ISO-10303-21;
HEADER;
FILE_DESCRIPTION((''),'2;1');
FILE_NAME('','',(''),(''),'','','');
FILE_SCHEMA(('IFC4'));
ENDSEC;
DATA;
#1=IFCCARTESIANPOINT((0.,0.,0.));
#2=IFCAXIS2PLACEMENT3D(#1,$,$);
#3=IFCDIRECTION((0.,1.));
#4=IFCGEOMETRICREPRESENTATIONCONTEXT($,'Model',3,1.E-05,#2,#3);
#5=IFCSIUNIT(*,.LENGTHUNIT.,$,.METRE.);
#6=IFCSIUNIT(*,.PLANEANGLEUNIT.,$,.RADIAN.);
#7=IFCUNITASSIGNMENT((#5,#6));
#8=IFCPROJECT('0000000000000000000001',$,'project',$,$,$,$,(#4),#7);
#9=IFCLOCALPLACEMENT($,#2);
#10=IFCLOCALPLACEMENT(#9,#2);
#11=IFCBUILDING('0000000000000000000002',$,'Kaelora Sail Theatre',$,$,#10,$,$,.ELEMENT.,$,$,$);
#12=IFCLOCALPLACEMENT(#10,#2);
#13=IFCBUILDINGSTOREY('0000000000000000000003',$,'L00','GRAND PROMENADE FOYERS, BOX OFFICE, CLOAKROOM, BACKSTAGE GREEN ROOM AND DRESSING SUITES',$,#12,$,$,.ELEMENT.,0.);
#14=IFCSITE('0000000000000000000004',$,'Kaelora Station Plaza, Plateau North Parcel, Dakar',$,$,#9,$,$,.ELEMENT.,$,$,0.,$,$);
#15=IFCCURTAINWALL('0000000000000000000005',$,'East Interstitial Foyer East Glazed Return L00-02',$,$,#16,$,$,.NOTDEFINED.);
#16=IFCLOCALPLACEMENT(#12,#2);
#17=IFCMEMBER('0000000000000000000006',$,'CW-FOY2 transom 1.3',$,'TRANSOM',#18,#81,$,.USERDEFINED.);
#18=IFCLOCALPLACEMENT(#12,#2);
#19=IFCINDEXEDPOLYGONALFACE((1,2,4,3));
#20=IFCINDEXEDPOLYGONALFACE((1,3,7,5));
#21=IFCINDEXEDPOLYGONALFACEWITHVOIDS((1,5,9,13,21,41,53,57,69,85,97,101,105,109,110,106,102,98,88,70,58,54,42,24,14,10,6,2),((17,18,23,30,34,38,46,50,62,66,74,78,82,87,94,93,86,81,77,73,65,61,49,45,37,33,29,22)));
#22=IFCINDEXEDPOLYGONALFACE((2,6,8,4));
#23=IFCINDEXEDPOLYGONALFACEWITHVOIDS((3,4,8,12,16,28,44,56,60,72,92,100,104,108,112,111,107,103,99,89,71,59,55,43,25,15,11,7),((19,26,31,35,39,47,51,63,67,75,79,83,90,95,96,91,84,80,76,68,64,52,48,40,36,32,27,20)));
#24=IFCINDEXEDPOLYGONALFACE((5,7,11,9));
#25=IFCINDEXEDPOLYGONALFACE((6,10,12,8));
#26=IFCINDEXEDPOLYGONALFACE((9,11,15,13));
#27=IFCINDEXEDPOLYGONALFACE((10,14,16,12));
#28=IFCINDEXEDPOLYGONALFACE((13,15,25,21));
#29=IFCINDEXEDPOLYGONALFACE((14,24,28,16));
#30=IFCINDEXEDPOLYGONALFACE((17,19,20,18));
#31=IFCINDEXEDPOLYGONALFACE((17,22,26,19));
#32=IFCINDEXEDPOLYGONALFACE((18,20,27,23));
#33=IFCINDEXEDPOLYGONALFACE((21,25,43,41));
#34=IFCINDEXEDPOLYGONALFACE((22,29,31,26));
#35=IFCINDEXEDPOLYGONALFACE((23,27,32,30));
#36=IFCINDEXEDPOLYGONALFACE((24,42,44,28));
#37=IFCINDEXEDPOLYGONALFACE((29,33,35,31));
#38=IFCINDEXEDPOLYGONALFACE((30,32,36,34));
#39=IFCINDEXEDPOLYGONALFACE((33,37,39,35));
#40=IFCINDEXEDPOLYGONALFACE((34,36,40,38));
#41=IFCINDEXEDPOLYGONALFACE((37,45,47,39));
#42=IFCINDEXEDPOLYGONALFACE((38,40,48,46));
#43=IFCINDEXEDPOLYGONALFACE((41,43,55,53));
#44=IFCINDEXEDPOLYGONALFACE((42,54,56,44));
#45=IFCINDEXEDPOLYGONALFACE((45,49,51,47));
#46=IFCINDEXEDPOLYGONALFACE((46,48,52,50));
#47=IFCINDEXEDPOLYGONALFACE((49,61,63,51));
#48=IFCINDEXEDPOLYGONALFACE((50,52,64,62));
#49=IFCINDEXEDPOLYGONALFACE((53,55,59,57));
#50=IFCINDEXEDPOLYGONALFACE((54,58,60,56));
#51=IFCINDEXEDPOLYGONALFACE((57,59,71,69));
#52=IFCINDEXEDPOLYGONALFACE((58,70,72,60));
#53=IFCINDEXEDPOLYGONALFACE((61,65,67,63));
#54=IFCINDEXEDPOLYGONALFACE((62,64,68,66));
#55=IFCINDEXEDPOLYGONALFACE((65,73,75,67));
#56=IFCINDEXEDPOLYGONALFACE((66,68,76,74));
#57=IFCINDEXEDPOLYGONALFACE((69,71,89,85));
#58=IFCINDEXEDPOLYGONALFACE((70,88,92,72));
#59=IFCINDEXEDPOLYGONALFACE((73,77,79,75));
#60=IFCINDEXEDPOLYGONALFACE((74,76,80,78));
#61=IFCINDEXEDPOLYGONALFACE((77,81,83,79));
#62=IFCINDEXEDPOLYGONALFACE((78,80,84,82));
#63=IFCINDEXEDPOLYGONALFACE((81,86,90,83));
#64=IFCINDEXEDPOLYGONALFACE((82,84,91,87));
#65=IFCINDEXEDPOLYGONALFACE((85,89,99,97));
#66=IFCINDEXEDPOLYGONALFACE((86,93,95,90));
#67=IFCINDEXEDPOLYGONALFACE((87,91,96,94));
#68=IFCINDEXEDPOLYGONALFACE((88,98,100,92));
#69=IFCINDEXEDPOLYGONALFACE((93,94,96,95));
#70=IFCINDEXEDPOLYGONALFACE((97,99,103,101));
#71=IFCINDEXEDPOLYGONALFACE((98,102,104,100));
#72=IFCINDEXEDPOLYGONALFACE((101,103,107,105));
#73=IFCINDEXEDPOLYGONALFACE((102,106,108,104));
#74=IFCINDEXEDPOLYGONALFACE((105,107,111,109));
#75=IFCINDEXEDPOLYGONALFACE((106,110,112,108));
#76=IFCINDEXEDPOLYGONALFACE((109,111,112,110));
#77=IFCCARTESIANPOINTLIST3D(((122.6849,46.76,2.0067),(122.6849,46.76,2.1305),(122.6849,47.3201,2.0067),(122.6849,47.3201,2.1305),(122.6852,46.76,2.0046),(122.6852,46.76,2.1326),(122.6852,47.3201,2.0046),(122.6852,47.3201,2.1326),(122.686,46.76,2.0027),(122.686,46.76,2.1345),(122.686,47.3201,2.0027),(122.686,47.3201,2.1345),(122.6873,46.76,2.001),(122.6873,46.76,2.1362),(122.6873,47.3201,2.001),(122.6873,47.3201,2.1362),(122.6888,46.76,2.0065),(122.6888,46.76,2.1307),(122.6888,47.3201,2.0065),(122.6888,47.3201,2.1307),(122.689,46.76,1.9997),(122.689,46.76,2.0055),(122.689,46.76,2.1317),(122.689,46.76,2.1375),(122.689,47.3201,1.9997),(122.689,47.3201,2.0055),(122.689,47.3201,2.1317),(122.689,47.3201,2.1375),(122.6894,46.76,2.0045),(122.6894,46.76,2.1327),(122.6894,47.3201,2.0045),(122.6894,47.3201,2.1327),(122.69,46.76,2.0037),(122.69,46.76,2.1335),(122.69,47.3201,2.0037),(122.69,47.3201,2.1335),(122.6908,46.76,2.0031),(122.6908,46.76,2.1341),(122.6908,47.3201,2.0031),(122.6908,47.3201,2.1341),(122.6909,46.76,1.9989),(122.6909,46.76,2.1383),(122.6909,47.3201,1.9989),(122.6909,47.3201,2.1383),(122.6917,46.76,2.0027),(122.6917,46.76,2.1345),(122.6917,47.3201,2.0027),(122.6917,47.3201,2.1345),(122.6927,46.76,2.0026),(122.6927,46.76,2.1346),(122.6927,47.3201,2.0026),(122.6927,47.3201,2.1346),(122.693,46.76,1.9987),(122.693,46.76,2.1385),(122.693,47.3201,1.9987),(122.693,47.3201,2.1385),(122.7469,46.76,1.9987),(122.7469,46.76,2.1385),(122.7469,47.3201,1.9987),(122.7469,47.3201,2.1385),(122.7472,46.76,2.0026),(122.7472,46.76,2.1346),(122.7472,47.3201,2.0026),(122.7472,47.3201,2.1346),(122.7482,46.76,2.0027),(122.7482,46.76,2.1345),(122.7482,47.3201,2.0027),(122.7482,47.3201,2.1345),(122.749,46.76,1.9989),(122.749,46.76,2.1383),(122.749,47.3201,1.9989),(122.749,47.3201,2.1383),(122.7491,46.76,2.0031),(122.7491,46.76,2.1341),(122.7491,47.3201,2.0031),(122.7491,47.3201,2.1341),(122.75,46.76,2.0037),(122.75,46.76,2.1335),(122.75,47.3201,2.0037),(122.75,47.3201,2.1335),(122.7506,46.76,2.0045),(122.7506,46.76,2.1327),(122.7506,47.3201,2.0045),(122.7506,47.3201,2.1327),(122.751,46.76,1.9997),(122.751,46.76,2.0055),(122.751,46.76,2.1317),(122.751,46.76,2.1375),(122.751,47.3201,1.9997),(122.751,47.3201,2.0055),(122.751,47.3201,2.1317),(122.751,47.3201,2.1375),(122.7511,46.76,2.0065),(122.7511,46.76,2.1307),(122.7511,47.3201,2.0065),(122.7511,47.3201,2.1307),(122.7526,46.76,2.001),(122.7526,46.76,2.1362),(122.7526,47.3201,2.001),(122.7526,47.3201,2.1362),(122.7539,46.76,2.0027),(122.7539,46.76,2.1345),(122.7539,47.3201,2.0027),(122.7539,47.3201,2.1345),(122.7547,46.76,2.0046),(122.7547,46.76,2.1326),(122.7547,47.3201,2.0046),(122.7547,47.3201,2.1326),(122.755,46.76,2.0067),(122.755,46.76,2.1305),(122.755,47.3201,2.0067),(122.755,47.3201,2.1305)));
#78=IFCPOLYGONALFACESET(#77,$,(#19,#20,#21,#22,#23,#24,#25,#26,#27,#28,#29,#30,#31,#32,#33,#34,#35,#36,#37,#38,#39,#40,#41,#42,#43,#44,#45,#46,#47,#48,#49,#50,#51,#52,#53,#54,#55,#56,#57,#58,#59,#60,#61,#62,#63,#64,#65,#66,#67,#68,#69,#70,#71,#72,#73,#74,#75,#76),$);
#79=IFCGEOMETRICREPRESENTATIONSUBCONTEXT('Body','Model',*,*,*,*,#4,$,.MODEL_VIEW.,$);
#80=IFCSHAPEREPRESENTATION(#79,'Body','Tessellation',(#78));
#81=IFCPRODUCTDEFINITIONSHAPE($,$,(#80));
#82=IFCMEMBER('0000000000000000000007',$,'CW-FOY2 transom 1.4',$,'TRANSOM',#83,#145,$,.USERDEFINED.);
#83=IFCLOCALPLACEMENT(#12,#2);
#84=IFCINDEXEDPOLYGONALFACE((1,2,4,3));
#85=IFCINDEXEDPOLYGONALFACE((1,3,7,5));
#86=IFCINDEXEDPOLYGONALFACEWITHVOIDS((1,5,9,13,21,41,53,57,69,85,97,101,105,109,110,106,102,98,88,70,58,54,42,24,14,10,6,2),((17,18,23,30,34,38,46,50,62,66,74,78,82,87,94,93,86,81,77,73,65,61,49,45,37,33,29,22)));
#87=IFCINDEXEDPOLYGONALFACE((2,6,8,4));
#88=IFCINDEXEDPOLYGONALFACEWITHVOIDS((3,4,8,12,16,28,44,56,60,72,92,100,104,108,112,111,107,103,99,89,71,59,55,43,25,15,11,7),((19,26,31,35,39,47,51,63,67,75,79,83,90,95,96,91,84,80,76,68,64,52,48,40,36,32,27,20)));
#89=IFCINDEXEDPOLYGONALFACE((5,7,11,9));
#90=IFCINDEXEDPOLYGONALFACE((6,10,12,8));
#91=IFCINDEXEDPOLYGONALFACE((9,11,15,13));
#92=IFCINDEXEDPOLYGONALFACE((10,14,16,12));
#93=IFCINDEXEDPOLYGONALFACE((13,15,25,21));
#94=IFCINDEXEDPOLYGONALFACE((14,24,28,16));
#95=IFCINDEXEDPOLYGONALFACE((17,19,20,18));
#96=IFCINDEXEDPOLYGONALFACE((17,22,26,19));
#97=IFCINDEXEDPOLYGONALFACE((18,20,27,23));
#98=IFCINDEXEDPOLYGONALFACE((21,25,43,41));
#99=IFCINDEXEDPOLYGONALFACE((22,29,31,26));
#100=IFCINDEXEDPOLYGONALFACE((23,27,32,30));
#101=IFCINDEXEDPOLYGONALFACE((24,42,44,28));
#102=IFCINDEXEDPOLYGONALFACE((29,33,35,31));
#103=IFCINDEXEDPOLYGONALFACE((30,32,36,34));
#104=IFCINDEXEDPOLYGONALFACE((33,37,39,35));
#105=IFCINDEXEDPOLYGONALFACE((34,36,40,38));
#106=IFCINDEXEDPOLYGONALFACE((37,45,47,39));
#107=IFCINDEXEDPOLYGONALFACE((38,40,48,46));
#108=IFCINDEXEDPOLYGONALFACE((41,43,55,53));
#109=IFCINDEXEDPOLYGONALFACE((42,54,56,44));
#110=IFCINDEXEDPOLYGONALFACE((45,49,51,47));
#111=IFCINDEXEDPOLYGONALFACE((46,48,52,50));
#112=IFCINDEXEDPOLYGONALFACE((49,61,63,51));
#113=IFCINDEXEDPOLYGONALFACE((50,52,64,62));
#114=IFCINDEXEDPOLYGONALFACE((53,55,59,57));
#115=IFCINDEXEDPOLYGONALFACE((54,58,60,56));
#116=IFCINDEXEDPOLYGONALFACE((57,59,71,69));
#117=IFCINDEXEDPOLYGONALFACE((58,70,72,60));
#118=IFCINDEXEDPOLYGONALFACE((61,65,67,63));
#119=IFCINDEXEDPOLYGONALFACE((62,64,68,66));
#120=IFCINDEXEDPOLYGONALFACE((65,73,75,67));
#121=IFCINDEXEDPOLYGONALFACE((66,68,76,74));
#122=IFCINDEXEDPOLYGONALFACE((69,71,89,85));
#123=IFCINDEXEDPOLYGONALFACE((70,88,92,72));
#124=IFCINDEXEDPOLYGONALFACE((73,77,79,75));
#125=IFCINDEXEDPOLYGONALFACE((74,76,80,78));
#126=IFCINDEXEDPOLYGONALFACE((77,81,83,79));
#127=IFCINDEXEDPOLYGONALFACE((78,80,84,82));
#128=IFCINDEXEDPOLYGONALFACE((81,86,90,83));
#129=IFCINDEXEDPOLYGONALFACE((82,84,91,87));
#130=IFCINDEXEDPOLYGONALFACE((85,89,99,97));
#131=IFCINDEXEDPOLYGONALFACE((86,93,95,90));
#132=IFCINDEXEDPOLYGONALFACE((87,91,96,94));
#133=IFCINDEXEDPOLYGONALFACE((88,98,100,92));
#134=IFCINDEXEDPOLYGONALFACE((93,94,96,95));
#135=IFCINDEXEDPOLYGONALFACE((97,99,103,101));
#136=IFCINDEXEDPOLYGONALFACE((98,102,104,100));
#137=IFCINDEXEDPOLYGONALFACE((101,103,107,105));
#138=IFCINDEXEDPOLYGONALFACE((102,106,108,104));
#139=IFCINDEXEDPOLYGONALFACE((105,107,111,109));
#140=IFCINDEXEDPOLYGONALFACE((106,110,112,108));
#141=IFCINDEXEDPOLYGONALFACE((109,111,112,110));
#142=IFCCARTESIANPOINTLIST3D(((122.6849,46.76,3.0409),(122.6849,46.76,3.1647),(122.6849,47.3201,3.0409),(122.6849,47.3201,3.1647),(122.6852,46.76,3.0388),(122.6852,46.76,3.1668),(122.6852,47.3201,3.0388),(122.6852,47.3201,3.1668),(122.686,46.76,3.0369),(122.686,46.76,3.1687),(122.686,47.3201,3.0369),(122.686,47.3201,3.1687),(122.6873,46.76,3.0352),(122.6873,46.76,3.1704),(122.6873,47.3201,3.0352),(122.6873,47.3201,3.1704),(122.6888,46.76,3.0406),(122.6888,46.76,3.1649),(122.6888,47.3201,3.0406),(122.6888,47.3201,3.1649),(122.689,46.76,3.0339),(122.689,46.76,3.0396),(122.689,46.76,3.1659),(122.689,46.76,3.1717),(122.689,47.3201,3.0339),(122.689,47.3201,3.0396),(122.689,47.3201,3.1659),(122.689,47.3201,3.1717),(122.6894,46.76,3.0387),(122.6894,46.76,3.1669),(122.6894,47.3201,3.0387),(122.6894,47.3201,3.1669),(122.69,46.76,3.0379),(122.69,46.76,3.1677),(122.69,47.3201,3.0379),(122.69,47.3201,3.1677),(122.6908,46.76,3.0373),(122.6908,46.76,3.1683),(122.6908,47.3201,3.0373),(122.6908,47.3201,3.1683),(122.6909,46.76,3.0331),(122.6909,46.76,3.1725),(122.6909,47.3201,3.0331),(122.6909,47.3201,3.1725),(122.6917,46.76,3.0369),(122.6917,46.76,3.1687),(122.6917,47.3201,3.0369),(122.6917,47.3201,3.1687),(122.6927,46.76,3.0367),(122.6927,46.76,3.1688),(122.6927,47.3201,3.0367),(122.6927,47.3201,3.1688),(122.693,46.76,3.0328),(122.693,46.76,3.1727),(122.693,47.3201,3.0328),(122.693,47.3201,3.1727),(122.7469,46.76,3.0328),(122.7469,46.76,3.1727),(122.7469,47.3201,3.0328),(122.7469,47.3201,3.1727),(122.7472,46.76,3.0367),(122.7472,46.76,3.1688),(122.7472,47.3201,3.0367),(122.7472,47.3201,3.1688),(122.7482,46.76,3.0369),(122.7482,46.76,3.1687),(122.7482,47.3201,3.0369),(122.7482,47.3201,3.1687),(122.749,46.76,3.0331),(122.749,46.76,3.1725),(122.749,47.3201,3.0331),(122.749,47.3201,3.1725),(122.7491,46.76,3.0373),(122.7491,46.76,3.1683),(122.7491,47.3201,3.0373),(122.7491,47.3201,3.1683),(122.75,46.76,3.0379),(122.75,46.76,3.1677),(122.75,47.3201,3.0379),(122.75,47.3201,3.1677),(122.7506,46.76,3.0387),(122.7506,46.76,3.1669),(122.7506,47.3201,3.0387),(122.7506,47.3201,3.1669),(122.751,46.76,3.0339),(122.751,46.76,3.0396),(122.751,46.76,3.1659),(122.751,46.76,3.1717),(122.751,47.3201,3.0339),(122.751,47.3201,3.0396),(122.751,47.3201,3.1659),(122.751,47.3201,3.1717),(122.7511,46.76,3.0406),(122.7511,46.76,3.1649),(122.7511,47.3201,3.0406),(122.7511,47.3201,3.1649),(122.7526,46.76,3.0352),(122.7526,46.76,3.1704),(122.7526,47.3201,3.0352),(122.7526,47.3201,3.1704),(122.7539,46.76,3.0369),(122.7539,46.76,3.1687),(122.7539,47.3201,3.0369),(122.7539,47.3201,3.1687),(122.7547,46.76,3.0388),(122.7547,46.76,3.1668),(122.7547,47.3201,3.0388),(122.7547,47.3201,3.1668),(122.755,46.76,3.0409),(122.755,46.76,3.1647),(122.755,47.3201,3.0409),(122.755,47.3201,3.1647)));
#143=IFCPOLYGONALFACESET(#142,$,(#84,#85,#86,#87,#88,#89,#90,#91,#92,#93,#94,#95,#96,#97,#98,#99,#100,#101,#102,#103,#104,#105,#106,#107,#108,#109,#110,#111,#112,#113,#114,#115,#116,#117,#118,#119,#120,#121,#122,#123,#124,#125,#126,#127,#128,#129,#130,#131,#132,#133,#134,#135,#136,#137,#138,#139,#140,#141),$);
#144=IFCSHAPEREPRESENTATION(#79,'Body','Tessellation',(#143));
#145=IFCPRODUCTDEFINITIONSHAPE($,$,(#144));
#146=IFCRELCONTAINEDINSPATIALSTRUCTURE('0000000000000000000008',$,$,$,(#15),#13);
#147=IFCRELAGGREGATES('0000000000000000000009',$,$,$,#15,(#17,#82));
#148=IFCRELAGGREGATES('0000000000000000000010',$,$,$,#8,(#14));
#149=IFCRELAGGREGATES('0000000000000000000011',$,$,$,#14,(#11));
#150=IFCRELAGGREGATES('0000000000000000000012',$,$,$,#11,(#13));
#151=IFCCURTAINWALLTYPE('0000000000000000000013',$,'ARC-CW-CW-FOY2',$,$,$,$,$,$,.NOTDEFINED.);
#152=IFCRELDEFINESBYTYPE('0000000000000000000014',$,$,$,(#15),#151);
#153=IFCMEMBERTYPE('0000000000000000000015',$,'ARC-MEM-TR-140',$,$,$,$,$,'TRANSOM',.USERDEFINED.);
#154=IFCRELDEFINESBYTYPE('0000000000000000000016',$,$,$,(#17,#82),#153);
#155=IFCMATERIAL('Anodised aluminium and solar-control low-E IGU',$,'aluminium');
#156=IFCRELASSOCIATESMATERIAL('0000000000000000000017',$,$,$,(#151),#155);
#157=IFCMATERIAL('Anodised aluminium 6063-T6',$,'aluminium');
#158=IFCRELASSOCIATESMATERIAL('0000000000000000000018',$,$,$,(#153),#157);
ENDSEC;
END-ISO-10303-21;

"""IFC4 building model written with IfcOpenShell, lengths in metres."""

from ifc_helpers import new_model, si_unit, direction, frame, origin, origin_2d, place, context, subcontext, project, spatial, hollow_rectangle, extrude, material, material_profile, profile_set, type_object, element, aggregate, save


model = new_model("IFC4")

# Units and contexts
model_context = context("Model", 3, precision=1e-05, world=origin(), true_north=direction((0.0, 1.0)))
body_context = subcontext(model_context, "Body", "Model", "MODEL_VIEW")
ifc_project = project(units=[si_unit("LENGTHUNIT", "METRE"), si_unit("PLANEANGLEUNIT", "RADIAN")], contexts=[model_context])

# Site, building, storey
site_placement = place(None, origin())
site = spatial("IfcSite", under=ifc_project, at=site_placement, Name="Kaelora Station Plaza, Plateau North Parcel, Dakar", CompositionType="ELEMENT", RefElevation=0.0)
building_placement = place(site_placement, origin())
building = spatial("IfcBuilding", under=site, at=building_placement, Name="Kaelora Sail Theatre", CompositionType="ELEMENT")
storey_placement = place(building_placement, origin())
storey = spatial("IfcBuildingStorey", under=building, at=storey_placement, Name="L00", Description="GRAND PROMENADE FOYERS, BOX OFFICE, CLOAKROOM, BACKSTAGE GREEN ROOM AND DRESSING SUITES", CompositionType="ELEMENT", Elevation=0.0)

# Curtain wall
ifc_material_1 = material(Name="Anodised aluminium and solar-control low-E IGU", Category="aluminium")
curtain_wall_type = type_object("IfcCurtainWallType", Name="ARC-CW-CW-FOY2", PredefinedType="NOTDEFINED", material=ifc_material_1)
curtain_wall_1_placement = place(storey_placement, origin())
curtain_wall_1 = element("IfcCurtainWall", 1, at=curtain_wall_1_placement, inside=storey, type_object=curtain_wall_type, Name="East Interstitial Foyer East Glazed Return L00-02", PredefinedType="NOTDEFINED")

# Members
ifc_material_2 = material(Name="Anodised aluminium 6063-T6", Category="aluminium")
ifc_material_profile_1 = material_profile(ifc_material_2, hollow_rectangle(XDim=0.0701, YDim=0.1399, WallThickness=0.0039, InnerFilletRadius=0.0039, OuterFilletRadius=0.0081, at=origin_2d()), Name="ALU-TRAN 70x140x4")
ifc_profile_set_1 = profile_set([ifc_material_profile_1], Name="Anodised aluminium 6063-T6")
member_type_1 = type_object("IfcMemberType", Name="ARC-MEM-TR-140", ElementType="TRANSOM", PredefinedType="USERDEFINED", material=ifc_profile_set_1)
member_1_placement = place(storey_placement, frame((122.72, 46.76, 2.0686), z_axis=(0.0, 1.0, 0.0), x_axis=(-1.0, 0.0, 0.0)))
member_1 = element("IfcMember", 2, at=member_1_placement, type_object=member_type_1, Name="CW-FOY2 transom 1.3", ObjectType="TRANSOM", PredefinedType="USERDEFINED", context=body_context, shape_type="SweptSolid", body=[
    extrude(hollow_rectangle(XDim=0.0701, YDim=0.1399, WallThickness=0.0039, InnerFilletRadius=0.0039, OuterFilletRadius=0.0081, at=origin_2d()), origin(), (0.0, 0.0, 1.0), 0.5601),
])
member_2_placement = place(storey_placement, frame((122.72, 46.76, 3.1028), z_axis=(0.0, 1.0, 0.0), x_axis=(-1.0, 0.0, 0.0)))
member_2 = element("IfcMember", 3, at=member_2_placement, type_object=member_type_1, Name="CW-FOY2 transom 1.4", ObjectType="TRANSOM", PredefinedType="USERDEFINED", context=body_context, shape_type="SweptSolid", body=[
    extrude(hollow_rectangle(XDim=0.0701, YDim=0.1399, WallThickness=0.0039, InnerFilletRadius=0.0039, OuterFilletRadius=0.0081, at=origin_2d()), origin(), (0.0, 0.0, 1.0), 0.5601),
])
aggregate(curtain_wall_1, [member_1, member_2])

save(model, "model.ifc")
